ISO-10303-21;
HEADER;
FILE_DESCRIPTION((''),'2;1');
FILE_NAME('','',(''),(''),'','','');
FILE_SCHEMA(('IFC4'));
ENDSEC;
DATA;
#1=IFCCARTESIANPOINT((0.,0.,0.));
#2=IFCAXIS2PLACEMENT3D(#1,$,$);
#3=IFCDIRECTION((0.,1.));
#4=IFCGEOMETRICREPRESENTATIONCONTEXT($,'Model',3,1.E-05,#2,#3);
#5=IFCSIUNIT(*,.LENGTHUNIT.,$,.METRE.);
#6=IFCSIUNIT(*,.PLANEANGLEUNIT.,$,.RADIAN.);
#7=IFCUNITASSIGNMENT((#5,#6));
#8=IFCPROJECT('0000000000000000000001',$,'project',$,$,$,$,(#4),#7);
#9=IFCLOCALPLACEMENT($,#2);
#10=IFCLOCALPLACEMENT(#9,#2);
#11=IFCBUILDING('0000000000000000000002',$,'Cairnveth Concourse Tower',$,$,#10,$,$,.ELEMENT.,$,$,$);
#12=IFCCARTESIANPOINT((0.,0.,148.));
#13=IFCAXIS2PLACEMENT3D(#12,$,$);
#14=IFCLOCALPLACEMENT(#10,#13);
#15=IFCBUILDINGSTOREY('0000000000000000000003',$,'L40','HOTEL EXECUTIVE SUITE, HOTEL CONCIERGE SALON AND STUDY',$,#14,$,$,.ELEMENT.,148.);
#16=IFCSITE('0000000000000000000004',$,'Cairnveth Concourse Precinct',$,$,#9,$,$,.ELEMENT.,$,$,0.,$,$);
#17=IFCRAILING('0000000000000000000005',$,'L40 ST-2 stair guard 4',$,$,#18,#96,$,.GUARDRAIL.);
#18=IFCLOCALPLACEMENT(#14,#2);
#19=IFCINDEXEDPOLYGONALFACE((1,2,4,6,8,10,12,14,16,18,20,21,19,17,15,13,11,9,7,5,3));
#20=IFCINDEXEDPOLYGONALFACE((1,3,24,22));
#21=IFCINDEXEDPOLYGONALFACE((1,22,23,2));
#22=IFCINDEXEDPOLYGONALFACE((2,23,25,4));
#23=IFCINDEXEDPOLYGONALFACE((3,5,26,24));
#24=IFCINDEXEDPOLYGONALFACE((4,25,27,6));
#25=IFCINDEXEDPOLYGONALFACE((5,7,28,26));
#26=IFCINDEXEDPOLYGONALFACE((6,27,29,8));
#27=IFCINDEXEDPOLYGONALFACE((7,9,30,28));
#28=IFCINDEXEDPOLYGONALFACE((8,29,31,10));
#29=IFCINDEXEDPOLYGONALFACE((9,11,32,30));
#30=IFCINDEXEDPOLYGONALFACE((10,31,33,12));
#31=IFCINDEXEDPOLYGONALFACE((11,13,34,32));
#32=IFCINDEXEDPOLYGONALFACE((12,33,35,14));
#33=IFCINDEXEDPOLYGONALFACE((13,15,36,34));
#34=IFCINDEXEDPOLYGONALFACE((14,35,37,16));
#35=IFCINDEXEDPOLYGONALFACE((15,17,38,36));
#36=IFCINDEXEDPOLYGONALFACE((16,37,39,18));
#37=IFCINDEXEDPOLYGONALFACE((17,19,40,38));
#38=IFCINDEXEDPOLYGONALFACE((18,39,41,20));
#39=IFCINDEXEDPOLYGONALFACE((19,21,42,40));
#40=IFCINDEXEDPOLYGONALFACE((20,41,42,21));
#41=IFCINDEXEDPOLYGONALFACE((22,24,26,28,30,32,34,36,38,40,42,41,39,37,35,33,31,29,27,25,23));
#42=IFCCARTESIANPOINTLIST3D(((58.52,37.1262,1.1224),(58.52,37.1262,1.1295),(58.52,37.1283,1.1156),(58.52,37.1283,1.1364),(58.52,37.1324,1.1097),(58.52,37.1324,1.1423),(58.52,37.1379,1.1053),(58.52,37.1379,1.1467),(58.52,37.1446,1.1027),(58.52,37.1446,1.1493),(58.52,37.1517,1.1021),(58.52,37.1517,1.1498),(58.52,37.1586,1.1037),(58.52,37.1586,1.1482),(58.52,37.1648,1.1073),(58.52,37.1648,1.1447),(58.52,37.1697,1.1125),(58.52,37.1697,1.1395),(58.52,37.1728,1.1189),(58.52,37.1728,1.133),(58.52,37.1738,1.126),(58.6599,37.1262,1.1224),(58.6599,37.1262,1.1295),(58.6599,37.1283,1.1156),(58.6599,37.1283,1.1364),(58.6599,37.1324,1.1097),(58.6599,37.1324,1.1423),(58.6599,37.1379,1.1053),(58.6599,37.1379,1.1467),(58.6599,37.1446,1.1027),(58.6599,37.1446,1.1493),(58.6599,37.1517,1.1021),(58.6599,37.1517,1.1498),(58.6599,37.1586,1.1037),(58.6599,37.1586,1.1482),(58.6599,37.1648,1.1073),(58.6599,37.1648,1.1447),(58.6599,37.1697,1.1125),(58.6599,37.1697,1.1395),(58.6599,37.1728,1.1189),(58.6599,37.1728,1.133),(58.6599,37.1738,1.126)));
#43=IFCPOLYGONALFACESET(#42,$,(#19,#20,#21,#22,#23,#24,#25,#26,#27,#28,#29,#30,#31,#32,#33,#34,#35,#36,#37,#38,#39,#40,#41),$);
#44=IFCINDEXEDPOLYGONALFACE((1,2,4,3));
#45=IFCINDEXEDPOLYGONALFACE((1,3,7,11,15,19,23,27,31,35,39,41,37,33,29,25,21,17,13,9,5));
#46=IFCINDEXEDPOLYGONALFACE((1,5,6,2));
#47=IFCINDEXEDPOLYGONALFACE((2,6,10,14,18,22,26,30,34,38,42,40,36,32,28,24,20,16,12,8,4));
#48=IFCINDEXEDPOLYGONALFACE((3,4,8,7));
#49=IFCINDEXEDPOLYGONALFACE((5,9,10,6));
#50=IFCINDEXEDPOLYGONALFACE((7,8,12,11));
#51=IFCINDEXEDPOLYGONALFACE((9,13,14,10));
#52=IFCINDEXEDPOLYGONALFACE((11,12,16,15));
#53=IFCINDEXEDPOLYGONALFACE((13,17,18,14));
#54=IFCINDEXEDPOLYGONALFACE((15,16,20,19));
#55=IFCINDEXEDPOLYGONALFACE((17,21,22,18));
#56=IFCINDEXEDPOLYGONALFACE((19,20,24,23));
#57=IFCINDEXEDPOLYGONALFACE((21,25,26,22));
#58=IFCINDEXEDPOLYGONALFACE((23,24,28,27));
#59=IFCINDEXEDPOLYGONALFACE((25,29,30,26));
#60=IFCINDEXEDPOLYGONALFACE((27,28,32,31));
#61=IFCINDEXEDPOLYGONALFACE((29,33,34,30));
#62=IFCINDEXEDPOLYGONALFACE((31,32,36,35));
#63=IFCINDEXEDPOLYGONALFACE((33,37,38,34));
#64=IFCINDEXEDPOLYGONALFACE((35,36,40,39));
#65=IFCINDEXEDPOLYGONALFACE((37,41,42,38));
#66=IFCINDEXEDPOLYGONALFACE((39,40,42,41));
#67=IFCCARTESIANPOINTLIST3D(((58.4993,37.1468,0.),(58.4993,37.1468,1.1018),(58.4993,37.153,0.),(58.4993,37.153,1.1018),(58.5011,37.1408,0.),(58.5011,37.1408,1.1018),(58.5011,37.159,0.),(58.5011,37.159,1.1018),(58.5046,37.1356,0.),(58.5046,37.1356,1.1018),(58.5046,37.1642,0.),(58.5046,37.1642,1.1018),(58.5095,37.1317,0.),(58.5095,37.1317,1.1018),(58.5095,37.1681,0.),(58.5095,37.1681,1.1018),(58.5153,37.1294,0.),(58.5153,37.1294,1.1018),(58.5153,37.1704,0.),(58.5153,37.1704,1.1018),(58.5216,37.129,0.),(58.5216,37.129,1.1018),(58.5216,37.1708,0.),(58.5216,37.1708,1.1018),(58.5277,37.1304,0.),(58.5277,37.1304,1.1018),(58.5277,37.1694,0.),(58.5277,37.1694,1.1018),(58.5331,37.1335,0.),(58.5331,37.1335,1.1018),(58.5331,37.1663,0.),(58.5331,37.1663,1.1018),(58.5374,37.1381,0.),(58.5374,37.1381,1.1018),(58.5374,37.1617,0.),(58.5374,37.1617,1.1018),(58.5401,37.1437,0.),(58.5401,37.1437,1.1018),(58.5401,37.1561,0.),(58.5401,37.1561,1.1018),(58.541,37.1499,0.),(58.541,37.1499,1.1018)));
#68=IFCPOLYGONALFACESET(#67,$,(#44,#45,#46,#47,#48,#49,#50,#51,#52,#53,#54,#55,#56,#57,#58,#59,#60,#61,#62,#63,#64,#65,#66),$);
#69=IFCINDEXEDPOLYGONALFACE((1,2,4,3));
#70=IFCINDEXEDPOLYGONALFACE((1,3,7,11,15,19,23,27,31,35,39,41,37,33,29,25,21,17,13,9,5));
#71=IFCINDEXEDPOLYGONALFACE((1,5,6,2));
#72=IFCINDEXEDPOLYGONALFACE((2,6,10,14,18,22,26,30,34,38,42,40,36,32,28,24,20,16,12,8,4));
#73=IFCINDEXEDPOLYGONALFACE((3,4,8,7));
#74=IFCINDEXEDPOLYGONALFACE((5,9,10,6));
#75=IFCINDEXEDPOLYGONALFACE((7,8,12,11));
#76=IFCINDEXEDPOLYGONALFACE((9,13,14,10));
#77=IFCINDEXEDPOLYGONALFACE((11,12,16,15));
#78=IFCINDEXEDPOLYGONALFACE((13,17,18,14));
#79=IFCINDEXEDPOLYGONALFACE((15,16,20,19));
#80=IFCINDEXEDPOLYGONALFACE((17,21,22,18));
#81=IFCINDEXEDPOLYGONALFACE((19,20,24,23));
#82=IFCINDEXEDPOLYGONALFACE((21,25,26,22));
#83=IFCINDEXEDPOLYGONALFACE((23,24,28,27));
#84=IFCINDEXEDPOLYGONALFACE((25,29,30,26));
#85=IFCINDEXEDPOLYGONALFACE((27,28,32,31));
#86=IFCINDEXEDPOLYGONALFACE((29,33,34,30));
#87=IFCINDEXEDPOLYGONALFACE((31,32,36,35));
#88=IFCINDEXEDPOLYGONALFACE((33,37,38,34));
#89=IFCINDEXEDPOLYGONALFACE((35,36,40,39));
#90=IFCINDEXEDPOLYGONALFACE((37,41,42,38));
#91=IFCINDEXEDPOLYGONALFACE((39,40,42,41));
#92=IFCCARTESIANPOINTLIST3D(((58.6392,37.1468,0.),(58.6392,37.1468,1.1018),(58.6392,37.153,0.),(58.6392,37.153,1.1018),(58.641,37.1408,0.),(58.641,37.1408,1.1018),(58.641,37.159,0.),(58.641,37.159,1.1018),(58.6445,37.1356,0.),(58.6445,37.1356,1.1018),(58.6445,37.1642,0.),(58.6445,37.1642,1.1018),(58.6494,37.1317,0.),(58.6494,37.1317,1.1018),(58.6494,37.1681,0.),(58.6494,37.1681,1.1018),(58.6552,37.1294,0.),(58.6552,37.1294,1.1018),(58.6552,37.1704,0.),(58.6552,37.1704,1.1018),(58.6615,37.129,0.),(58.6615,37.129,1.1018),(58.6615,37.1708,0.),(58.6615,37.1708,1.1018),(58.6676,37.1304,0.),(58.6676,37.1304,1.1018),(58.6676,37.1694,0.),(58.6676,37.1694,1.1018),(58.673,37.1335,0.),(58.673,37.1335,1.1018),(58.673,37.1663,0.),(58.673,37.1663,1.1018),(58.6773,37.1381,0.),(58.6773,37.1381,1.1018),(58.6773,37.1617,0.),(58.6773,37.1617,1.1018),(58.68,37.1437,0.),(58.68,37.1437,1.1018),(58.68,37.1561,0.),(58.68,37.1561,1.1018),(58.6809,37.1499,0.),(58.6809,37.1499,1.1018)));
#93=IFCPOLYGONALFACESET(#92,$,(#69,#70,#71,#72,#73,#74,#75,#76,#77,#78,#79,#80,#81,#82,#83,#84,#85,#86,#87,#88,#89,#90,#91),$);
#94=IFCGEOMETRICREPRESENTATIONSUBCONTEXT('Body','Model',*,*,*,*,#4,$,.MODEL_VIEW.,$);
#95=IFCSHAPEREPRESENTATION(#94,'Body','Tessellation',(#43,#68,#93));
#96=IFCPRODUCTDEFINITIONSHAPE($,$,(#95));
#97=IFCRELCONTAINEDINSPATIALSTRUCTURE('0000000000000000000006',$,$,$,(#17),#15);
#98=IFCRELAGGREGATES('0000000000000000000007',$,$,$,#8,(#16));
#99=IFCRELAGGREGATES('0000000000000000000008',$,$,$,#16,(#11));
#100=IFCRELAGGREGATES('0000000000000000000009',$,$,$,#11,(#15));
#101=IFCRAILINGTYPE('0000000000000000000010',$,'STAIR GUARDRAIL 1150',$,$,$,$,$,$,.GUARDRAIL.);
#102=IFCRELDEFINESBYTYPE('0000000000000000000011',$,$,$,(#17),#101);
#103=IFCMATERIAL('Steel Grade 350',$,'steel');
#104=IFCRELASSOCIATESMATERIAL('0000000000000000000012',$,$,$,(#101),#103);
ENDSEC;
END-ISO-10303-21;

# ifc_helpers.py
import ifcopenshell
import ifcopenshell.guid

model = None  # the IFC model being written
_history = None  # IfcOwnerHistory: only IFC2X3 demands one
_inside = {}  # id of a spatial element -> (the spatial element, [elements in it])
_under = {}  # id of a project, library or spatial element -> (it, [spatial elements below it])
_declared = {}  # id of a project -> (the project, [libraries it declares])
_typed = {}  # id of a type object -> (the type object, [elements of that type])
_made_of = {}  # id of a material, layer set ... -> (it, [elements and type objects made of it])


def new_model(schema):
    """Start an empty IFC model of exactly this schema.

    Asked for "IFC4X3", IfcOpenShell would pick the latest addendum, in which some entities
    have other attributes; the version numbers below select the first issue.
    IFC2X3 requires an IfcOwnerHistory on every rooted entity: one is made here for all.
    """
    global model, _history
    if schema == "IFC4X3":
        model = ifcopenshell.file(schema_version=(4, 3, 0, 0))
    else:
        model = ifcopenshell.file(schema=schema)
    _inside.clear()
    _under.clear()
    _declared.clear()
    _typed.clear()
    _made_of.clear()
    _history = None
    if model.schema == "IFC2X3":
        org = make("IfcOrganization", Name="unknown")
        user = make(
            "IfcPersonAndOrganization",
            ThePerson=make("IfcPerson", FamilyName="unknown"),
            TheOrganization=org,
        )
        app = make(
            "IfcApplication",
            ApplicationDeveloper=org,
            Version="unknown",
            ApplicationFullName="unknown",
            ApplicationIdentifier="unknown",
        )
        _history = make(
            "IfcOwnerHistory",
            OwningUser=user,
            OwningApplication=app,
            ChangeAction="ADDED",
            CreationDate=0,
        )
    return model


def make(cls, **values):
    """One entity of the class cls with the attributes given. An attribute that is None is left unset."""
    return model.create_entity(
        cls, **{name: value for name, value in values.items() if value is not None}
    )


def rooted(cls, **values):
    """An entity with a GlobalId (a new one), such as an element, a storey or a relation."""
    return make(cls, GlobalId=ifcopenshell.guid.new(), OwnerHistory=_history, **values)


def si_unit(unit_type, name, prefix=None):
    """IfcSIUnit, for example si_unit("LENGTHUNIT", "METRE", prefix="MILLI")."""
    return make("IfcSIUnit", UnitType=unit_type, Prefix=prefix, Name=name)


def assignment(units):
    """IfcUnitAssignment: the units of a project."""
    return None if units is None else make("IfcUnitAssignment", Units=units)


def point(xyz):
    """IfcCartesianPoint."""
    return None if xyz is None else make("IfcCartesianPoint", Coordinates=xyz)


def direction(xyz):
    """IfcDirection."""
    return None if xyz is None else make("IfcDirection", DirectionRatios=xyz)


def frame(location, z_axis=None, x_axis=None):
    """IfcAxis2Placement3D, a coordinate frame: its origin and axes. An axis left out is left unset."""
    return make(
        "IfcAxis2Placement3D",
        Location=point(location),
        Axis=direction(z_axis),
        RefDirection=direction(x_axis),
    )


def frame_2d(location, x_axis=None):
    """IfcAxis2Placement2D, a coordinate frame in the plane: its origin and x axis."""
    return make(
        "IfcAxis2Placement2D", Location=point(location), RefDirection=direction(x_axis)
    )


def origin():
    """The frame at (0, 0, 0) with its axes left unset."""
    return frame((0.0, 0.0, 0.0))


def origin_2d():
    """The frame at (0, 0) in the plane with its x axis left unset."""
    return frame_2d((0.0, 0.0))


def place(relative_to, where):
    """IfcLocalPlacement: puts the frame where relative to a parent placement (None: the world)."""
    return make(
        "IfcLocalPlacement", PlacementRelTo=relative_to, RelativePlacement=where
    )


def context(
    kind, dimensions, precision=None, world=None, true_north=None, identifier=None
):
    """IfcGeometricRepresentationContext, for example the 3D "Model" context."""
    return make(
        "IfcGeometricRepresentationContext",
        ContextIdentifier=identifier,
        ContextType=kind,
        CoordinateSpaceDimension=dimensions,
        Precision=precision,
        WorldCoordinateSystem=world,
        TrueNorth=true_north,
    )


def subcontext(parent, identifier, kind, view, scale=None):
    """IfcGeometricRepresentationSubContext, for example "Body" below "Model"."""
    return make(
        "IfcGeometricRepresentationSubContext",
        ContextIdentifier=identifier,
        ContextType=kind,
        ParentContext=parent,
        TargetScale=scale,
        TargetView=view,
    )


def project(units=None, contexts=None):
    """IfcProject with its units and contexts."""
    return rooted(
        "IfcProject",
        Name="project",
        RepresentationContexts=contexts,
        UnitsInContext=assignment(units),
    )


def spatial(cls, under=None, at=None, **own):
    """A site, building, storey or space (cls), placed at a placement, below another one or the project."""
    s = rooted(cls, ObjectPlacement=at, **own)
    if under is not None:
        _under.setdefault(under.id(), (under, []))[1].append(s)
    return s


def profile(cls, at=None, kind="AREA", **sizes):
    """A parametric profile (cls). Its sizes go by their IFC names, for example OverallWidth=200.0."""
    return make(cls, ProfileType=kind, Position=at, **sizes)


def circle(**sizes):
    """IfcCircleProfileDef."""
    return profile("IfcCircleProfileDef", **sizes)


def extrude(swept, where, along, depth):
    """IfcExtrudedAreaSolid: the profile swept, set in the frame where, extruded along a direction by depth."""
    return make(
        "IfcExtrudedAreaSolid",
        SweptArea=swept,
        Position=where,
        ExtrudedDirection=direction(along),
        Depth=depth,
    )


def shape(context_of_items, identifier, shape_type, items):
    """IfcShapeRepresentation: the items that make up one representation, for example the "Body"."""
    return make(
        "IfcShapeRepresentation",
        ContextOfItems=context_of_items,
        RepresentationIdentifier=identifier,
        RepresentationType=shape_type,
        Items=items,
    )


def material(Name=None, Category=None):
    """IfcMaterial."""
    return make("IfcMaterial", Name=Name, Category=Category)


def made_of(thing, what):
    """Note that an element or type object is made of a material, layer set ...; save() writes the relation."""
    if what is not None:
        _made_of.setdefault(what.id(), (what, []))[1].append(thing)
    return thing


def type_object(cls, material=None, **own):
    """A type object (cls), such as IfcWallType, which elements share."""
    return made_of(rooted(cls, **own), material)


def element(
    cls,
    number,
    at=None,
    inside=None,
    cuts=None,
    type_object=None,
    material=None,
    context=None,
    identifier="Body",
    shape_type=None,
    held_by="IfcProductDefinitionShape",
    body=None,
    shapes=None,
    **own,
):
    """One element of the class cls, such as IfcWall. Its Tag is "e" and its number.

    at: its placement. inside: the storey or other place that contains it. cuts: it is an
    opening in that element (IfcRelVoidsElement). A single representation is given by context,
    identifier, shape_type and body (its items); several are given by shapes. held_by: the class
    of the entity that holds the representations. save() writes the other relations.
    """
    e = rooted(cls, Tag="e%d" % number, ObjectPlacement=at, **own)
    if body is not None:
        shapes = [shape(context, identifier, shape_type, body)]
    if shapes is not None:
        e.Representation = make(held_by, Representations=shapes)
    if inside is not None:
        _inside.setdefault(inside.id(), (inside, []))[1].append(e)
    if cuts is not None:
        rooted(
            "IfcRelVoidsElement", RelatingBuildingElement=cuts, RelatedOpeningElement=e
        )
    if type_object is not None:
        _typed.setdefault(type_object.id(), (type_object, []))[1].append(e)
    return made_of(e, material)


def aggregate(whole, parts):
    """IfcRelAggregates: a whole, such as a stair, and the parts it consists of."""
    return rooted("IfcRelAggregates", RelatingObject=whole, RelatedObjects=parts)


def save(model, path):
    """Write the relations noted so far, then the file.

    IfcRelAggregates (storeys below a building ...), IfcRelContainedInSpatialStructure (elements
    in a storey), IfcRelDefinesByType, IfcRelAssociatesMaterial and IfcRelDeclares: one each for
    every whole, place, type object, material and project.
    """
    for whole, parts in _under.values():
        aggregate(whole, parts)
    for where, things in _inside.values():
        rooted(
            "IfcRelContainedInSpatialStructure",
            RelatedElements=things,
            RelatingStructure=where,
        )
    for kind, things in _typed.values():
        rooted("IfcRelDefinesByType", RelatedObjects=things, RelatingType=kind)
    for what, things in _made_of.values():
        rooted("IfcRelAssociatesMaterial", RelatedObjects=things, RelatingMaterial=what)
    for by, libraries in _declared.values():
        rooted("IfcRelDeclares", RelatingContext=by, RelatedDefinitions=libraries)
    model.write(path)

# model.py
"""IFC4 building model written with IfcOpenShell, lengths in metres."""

from ifc_helpers import new_model, si_unit, direction, frame, origin, origin_2d, place, context, subcontext, project, spatial, circle, extrude, material, type_object, element, save


model = new_model("IFC4")

# Units and contexts
model_context = context("Model", 3, precision=1e-05, world=origin(), true_north=direction((0.0, 1.0)))
body_context = subcontext(model_context, "Body", "Model", "MODEL_VIEW")
ifc_project = project(units=[si_unit("LENGTHUNIT", "METRE"), si_unit("PLANEANGLEUNIT", "RADIAN")], contexts=[model_context])

# Site, building, storey
site_placement = place(None, origin())
site = spatial("IfcSite", under=ifc_project, at=site_placement, Name="Cairnveth Concourse Precinct", CompositionType="ELEMENT", RefElevation=0.0)
building_placement = place(site_placement, origin())
building = spatial("IfcBuilding", under=site, at=building_placement, Name="Cairnveth Concourse Tower", CompositionType="ELEMENT")
storey_placement = place(building_placement, frame((0.0, 0.0, 148.0)))
storey = spatial("IfcBuildingStorey", under=building, at=storey_placement, Name="L40", Description="HOTEL EXECUTIVE SUITE, HOTEL CONCIERGE SALON AND STUDY", CompositionType="ELEMENT", Elevation=148.0)

# Shared definitions
ifc_material_1 = material(Name="Steel Grade 350", Category="steel")

# Railing
railing_type_1 = type_object("IfcRailingType", Name="STAIR GUARDRAIL 1150", PredefinedType="GUARDRAIL", material=ifc_material_1)
railing_1_placement = place(storey_placement, frame((58.52, 37.1499, 0.0)))
element("IfcRailing", 1, at=railing_1_placement, inside=storey, type_object=railing_type_1, Name="L40 ST-2 stair guard 4", PredefinedType="GUARDRAIL", context=body_context, shape_type="SweptSolid", body=[
    extrude(circle(Radius=0.0239, at=origin_2d()), frame((0.0, 0.0, 1.126), z_axis=(1.0, 0.0, 0.0), x_axis=(0.0, 1.0, 0.0)), (0.0, 0.0, 1.0), 0.1399),
    extrude(circle(Radius=0.021, at=origin_2d()), origin(), (0.0, 0.0, 1.0), 1.1018),
    extrude(circle(Radius=0.021, at=origin_2d()), frame((0.1399, 0.0, 0.0)), (0.0, 0.0, 1.0), 1.1018),
])

save(model, "model.ifc")
